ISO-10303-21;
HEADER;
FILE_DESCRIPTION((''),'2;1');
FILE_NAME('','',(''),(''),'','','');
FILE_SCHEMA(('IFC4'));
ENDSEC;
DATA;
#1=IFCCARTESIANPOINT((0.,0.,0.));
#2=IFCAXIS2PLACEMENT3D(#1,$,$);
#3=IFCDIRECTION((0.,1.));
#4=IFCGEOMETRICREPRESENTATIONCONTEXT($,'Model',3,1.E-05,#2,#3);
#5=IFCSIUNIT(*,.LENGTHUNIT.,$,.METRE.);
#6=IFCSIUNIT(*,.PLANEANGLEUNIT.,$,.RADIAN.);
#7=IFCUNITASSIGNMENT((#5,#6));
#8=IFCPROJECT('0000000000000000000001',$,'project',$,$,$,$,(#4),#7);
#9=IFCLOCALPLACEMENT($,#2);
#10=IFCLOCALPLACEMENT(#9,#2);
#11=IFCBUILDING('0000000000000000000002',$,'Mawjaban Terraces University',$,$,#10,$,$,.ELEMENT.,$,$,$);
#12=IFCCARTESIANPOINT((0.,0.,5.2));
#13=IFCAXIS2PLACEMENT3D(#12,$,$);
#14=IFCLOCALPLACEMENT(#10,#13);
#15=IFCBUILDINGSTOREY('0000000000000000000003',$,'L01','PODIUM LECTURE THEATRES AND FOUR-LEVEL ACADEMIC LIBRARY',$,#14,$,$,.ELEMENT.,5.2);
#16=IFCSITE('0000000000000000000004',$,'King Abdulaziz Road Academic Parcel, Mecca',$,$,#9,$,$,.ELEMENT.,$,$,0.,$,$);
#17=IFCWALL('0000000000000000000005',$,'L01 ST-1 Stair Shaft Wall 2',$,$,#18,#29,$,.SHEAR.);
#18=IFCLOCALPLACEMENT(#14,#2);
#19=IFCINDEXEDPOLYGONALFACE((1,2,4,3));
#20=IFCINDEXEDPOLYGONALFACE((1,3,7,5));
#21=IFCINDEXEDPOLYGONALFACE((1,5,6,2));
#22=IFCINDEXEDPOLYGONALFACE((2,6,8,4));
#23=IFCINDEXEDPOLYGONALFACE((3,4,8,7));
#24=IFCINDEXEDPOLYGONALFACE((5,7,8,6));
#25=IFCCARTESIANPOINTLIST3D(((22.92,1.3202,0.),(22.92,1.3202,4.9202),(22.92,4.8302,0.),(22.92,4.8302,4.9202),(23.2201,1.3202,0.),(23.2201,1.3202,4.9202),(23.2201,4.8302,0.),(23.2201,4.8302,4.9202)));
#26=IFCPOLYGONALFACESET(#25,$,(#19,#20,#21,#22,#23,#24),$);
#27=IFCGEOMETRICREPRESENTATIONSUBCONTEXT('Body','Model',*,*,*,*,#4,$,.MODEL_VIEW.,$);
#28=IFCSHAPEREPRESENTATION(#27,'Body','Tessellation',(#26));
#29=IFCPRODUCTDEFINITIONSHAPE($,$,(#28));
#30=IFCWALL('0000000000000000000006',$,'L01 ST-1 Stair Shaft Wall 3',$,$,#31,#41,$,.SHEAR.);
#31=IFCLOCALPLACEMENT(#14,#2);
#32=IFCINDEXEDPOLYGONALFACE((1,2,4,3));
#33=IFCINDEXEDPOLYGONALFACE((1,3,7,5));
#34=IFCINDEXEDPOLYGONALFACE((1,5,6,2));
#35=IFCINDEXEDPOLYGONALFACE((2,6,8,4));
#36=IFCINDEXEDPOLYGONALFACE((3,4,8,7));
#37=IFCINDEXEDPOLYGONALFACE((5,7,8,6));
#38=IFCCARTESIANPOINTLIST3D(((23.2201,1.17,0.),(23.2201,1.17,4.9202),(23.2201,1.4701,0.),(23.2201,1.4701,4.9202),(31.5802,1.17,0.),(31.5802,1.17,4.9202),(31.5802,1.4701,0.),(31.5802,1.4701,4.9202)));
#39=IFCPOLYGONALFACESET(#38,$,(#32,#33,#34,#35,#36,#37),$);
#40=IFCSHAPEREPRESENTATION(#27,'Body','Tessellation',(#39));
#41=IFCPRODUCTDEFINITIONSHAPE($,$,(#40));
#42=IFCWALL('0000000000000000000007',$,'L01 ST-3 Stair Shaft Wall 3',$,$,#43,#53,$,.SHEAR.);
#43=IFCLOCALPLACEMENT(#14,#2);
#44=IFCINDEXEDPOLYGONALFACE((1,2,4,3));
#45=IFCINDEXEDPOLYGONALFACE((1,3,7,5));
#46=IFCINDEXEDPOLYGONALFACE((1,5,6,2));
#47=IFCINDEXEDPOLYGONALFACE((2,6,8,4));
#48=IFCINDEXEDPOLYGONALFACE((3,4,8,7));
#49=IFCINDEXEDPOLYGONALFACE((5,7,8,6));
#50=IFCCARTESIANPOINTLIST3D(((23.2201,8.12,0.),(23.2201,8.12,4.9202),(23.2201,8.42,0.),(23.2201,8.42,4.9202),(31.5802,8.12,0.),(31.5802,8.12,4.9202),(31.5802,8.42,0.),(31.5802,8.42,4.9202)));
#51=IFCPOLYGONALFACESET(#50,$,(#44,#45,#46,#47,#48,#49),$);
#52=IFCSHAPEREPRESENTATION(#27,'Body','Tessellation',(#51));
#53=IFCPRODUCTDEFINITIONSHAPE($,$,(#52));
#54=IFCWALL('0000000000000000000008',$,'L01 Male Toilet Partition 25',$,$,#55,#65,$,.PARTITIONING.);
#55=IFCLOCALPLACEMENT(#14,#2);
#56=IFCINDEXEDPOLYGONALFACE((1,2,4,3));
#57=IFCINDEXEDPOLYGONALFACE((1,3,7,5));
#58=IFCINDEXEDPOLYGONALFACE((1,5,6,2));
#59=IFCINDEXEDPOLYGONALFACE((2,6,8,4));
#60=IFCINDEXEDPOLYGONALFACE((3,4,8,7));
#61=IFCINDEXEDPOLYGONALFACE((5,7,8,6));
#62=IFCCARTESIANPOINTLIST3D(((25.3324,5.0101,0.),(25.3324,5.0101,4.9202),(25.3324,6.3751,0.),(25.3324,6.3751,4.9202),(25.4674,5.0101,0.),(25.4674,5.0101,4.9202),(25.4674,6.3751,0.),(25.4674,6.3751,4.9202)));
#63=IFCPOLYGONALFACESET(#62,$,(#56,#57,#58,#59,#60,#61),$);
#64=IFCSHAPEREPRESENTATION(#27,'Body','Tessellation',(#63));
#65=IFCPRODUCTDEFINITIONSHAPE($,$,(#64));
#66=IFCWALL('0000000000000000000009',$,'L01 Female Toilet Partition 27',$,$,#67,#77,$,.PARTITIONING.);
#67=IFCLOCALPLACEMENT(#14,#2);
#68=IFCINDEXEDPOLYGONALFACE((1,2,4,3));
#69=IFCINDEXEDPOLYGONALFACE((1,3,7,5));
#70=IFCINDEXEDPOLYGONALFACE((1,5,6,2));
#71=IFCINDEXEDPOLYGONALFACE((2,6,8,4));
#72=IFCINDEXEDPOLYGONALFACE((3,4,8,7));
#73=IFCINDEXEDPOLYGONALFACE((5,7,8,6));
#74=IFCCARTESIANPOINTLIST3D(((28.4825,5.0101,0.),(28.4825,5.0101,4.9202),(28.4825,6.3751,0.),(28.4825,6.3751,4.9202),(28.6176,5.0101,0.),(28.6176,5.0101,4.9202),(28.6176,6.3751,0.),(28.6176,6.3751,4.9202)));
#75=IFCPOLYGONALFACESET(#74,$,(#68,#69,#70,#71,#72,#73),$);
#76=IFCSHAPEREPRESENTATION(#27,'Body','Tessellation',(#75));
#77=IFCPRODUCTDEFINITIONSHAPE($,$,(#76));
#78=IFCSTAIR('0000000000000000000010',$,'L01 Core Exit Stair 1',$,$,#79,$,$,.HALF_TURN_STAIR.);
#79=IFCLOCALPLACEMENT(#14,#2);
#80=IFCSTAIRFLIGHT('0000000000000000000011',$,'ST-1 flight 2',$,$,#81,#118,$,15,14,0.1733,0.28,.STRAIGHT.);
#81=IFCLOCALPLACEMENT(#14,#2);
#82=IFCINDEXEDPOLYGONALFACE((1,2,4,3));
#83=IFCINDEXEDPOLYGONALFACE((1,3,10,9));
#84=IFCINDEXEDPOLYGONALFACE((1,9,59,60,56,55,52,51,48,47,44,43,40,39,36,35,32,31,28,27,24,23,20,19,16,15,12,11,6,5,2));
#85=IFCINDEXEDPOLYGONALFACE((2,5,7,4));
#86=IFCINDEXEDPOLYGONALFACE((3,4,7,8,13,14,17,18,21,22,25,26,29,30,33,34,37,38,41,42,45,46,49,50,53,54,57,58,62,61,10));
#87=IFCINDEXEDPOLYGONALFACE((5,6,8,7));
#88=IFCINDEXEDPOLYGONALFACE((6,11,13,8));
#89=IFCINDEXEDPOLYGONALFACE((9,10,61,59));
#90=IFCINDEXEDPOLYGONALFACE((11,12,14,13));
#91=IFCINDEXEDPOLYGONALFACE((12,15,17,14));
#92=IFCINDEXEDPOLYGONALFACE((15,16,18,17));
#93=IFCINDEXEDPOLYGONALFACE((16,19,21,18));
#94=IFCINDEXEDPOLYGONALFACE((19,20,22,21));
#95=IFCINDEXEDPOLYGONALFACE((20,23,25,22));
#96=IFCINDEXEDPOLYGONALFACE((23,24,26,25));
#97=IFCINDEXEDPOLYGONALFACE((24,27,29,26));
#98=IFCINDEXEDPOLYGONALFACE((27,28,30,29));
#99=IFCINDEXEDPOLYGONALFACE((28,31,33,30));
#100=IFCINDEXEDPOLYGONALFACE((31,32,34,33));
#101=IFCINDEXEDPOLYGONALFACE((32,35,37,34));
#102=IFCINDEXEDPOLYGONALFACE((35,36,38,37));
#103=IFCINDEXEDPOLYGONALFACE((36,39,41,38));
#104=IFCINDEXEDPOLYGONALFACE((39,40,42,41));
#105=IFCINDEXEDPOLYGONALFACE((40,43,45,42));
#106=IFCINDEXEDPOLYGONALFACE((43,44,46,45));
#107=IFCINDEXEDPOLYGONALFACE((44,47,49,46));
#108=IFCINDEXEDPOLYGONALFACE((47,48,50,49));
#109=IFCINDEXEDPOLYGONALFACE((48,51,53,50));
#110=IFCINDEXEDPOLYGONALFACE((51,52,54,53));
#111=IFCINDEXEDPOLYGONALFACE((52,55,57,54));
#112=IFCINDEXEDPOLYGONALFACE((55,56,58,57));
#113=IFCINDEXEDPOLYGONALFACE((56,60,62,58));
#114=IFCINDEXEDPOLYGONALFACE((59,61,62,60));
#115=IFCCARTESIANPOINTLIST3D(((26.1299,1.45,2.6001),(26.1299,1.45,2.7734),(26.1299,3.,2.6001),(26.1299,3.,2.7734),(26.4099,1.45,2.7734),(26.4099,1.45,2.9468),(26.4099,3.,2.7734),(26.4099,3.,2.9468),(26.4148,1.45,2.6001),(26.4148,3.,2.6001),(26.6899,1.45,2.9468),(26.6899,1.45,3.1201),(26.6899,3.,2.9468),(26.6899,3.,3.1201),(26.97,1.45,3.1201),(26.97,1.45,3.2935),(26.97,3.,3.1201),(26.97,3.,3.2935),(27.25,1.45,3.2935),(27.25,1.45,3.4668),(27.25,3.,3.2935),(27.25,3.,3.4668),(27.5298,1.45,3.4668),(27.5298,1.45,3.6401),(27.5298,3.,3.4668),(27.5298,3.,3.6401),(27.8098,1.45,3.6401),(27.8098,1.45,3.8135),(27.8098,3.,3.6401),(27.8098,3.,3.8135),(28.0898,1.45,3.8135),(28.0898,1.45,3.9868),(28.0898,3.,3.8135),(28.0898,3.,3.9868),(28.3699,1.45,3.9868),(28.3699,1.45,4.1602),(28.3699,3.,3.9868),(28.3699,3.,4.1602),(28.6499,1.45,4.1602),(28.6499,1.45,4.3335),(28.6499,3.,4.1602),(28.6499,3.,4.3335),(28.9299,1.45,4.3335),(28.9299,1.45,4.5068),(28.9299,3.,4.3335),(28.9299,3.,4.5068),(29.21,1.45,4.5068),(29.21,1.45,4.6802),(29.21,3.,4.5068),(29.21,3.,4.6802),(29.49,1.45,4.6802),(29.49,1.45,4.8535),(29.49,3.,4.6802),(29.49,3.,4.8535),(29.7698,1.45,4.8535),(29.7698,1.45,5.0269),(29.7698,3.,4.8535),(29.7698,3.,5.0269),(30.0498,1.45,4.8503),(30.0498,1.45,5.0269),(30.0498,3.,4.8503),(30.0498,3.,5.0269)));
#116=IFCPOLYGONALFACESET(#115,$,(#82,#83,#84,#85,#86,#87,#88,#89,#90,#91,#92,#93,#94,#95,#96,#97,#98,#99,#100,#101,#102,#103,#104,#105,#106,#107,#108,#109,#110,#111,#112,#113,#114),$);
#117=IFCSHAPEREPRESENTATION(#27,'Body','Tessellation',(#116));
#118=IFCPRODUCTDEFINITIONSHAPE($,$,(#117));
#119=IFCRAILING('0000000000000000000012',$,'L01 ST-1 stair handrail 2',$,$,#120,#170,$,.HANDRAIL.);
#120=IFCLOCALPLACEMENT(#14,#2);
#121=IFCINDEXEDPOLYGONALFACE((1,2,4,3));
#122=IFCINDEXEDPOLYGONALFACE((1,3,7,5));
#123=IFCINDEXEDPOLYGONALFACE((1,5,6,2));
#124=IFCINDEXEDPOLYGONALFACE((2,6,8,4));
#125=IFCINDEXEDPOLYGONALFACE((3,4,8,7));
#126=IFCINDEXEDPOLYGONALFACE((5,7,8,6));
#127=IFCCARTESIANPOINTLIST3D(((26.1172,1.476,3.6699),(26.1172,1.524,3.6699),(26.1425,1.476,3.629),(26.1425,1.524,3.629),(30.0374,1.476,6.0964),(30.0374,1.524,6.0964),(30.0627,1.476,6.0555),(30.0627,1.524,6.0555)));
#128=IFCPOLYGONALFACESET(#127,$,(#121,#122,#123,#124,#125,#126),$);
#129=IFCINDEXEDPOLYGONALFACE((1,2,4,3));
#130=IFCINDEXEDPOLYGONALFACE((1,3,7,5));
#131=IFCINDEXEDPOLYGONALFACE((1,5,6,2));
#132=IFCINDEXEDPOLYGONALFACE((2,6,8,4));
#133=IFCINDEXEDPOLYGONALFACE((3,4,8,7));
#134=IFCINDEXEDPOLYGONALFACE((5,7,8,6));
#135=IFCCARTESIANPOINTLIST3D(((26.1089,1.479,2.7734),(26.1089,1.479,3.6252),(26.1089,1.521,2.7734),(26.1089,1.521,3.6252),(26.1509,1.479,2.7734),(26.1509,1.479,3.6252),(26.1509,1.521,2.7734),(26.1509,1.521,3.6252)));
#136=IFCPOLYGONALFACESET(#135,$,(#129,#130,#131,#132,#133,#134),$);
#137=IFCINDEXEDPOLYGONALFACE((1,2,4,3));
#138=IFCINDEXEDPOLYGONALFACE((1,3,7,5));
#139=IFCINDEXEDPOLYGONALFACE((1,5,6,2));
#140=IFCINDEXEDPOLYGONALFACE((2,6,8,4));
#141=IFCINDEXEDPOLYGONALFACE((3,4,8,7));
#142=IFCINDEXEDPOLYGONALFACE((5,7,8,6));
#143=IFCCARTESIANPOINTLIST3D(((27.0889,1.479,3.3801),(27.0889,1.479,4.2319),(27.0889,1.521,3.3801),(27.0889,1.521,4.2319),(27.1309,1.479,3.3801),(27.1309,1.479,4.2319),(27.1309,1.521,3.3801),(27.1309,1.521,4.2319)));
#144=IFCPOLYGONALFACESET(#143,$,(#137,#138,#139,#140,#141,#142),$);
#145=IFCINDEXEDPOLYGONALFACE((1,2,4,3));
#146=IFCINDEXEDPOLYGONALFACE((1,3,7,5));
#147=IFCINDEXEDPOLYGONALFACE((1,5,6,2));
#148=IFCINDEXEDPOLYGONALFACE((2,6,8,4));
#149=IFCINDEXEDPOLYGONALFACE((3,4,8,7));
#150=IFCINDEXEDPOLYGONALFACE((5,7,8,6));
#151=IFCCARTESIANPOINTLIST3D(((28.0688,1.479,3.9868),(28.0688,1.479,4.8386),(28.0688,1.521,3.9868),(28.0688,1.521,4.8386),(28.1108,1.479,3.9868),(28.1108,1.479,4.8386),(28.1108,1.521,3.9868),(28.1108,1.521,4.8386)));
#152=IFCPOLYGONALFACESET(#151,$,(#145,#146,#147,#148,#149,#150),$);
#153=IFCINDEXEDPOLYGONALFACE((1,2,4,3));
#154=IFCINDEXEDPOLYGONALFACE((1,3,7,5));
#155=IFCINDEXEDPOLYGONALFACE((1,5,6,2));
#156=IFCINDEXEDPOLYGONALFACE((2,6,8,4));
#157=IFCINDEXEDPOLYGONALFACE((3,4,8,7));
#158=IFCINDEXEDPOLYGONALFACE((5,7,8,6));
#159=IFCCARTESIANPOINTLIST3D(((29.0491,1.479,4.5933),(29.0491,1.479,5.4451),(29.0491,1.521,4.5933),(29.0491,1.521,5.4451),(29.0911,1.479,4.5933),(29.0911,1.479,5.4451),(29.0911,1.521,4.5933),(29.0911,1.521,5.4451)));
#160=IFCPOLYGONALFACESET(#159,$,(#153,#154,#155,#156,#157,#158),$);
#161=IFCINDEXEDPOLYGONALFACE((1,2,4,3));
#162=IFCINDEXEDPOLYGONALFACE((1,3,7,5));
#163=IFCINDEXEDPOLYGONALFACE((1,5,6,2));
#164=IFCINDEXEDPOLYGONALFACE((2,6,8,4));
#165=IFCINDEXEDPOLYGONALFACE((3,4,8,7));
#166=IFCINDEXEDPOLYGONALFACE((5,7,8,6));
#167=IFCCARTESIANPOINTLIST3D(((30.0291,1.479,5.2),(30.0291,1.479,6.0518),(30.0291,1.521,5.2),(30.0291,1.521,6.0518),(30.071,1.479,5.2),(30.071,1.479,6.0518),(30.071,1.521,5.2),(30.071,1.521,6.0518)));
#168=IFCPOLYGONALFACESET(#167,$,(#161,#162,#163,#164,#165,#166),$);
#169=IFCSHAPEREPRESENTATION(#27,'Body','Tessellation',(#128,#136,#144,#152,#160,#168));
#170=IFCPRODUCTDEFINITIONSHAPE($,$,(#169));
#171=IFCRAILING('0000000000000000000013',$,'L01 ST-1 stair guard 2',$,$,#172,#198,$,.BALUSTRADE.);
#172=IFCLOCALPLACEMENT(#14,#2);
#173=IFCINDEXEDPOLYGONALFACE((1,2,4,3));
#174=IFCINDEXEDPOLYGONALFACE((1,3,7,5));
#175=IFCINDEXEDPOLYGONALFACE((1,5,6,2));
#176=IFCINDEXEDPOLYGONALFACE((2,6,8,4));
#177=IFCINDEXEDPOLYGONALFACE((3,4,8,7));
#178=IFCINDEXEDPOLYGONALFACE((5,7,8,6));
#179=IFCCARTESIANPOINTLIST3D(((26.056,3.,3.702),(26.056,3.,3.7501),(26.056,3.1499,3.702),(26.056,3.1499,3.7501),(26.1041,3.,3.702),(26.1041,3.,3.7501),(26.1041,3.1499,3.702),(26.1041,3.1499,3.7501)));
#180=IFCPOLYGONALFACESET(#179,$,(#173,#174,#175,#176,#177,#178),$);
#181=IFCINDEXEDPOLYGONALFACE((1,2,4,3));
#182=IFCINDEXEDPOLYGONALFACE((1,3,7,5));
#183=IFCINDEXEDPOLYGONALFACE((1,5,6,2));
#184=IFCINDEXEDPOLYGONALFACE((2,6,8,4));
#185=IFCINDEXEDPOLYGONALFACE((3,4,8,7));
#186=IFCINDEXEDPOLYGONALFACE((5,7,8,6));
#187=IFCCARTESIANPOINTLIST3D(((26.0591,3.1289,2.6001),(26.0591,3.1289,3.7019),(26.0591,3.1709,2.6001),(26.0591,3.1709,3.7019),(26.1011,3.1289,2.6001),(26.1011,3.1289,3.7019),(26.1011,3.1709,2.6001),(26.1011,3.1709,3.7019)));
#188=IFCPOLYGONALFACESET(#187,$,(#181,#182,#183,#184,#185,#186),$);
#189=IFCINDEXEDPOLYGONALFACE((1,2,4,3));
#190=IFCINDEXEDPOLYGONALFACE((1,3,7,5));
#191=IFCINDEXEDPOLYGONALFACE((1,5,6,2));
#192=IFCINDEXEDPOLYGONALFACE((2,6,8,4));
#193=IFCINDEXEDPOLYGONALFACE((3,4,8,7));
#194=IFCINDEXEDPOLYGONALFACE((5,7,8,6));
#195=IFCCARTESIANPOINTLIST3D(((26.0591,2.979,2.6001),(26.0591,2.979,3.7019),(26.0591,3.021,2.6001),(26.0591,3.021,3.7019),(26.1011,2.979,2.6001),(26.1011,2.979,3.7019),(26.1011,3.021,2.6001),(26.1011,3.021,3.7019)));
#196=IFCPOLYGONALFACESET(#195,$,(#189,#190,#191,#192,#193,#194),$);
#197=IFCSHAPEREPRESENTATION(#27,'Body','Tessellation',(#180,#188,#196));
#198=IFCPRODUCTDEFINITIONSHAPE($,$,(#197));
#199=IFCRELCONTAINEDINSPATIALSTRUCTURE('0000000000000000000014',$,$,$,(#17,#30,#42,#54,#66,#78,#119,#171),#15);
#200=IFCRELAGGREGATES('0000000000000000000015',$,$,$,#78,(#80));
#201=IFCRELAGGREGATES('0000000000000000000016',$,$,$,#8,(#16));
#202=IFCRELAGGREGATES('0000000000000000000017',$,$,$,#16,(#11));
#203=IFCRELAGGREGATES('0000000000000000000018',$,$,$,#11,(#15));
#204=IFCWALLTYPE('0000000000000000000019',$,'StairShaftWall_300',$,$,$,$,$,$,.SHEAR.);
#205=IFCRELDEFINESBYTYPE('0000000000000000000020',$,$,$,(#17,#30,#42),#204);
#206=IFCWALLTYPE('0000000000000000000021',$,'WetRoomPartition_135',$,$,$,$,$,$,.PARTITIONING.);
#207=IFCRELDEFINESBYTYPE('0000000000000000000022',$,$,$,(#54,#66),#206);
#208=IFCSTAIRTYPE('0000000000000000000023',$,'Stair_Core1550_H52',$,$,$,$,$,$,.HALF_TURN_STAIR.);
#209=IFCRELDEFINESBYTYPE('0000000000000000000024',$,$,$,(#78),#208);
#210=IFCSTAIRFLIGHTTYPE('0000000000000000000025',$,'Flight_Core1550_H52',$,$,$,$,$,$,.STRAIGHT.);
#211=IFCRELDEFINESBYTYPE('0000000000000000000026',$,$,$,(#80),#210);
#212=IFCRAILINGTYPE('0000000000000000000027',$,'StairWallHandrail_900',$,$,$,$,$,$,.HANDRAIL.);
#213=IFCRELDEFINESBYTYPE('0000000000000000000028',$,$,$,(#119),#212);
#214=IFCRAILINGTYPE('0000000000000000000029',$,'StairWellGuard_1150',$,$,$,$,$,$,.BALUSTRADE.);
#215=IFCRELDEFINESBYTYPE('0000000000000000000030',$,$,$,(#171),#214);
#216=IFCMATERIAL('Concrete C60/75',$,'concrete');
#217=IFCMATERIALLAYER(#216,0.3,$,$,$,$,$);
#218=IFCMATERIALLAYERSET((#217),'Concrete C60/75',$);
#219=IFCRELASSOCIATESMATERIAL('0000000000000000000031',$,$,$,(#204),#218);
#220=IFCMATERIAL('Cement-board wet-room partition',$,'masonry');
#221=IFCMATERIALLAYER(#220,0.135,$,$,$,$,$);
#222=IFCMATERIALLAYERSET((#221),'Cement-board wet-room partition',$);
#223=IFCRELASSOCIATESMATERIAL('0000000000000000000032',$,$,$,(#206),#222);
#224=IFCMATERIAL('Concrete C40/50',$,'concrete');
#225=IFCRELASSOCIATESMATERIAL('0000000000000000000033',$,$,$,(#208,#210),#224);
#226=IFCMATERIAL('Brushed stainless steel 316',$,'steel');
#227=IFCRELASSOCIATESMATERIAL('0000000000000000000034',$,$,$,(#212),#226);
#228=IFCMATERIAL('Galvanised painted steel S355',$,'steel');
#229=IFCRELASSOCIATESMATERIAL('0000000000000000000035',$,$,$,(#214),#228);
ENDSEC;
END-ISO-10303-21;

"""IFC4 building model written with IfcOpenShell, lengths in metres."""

from ifc_helpers import new_model, si_unit, direction, frame, frame_2d, origin, origin_2d, place, context, subcontext, project, spatial, polyline, rectangle, outline, extrude, material, layer, layer_set, type_object, element, aggregate, save


model = new_model("IFC4")

# Units and contexts
model_context = context("Model", 3, precision=1e-05, world=origin(), true_north=direction((0.0, 1.0)))
body_context = subcontext(model_context, "Body", "Model", "MODEL_VIEW")
ifc_project = project(units=[si_unit("LENGTHUNIT", "METRE"), si_unit("PLANEANGLEUNIT", "RADIAN")], contexts=[model_context])

# Site, building, storey
site_placement = place(None, origin())
site = spatial("IfcSite", under=ifc_project, at=site_placement, Name="King Abdulaziz Road Academic Parcel, Mecca", CompositionType="ELEMENT", RefElevation=0.0)
building_placement = place(site_placement, origin())
building = spatial("IfcBuilding", under=site, at=building_placement, Name="Mawjaban Terraces University", CompositionType="ELEMENT")
storey_placement = place(building_placement, frame((0.0, 0.0, 5.2)))
storey = spatial("IfcBuildingStorey", under=building, at=storey_placement, Name="L01", Description="PODIUM LECTURE THEATRES AND FOUR-LEVEL ACADEMIC LIBRARY", CompositionType="ELEMENT", Elevation=5.2)

# Walls
ifc_material_1 = material(Name="Concrete C60/75", Category="concrete")
ifc_layer_1 = layer(ifc_material_1, 0.3)
ifc_layer_set_1 = layer_set([ifc_layer_1], Name="Concrete C60/75")
wall_type_1 = type_object("IfcWallType", Name="StairShaftWall_300", PredefinedType="SHEAR", material=ifc_layer_set_1)
wall_1_placement = place(storey_placement, frame((23.0701, 4.8301, 0.0), z_axis=(0.0, 0.0, 1.0), x_axis=(0.0, -1.0, 0.0)))
element("IfcWall", 1, at=wall_1_placement, inside=storey, type_object=wall_type_1, Name="L01 ST-1 Stair Shaft Wall 2", PredefinedType="SHEAR", context=body_context, shape_type="SweptSolid", body=[
    extrude(rectangle(XDim=3.51, YDim=0.3, at=frame_2d((1.7549, 0.0))), origin(), (0.0, 0.0, 1.0), 4.9202),
])
for number, where, z_axis, x_axis, name in (
    (2, (23.22, 1.3201, 0.0), (0.0, 0.0, 1.0), (1.0, 0.0, 0.0), "L01 ST-1 Stair Shaft Wall 3"),
    (3, (23.22, 8.27, 0.0), (0.0, 0.0, 1.0), (1.0, 0.0, 0.0), "L01 ST-3 Stair Shaft Wall 3"),
):
    element("IfcWall", number, at=place(storey_placement, frame(where, z_axis=z_axis, x_axis=x_axis)), inside=storey, type_object=wall_type_1, Name=name, PredefinedType="SHEAR", context=body_context, shape_type="SweptSolid", body=[
        extrude(rectangle(XDim=8.3601, YDim=0.3, at=frame_2d((4.1802, 0.0))), origin(), (0.0, 0.0, 1.0), 4.9202),
    ])
ifc_material_2 = material(Name="Cement-board wet-room partition", Category="masonry")
ifc_layer_2 = layer(ifc_material_2, 0.135)
ifc_layer_set_2 = layer_set([ifc_layer_2], Name="Cement-board wet-room partition")
wall_type_2 = type_object("IfcWallType", Name="WetRoomPartition_135", PredefinedType="PARTITIONING", material=ifc_layer_set_2)
for number, where, z_axis, x_axis, name in (
    (4, (25.3999, 5.01, 0.0), (0.0, 0.0, 1.0), (0.0, 1.0, 0.0), "L01 Male Toilet Partition 25"),
    (5, (28.55, 5.01, 0.0), (0.0, 0.0, 1.0), (0.0, 1.0, 0.0), "L01 Female Toilet Partition 27"),
):
    element("IfcWall", number, at=place(storey_placement, frame(where, z_axis=z_axis, x_axis=x_axis)), inside=storey, type_object=wall_type_2, Name=name, PredefinedType="PARTITIONING", context=body_context, shape_type="SweptSolid", body=[
        extrude(rectangle(XDim=1.365, YDim=0.135, at=frame_2d((0.6826, 0.0))), origin(), (0.0, 0.0, 1.0), 4.9202),
    ])

# Stair, stair flight
ifc_material_3 = material(Name="Concrete C40/50", Category="concrete")
stair_type = type_object("IfcStairType", Name="Stair_Core1550_H52", PredefinedType="HALF_TURN_STAIR", material=ifc_material_3)
stair_placement = place(storey_placement, origin())
stair = element("IfcStair", 6, at=stair_placement, inside=storey, type_object=stair_type, Name="L01 Core Exit Stair 1", PredefinedType="HALF_TURN_STAIR")
stair_flight_type = type_object("IfcStairFlightType", Name="Flight_Core1550_H52", PredefinedType="STRAIGHT", material=ifc_material_3)
stair_flight_placement = place(storey_placement, frame((26.1299, 2.2251, 2.6001), z_axis=(0.0, 0.0, 1.0), x_axis=(1.0, 0.0, 0.0)))
stair_flight = element("IfcStairFlight", 7, at=stair_flight_placement, type_object=stair_flight_type, Name="ST-1 flight 2", NumberOfRisers=15, NumberOfTreads=14, PredefinedType="STRAIGHT", RiserHeight=0.1733, TreadLength=0.28, context=body_context, shape_type="SweptSolid", body=[
    extrude(outline(polyline([(0.0, 0.0), (0.0, 0.1733), (0.28, 0.1733), (0.28, 0.3467), (0.5601, 0.3467), (0.5601, 0.52), (0.8401, 0.52), (0.8401, 0.6934), (1.1201, 0.6934), (1.1201, 0.8667), (1.3999, 0.8667), (1.3999, 1.04), (1.6799, 1.04), (1.6799, 1.2134), (1.96, 1.2134), (1.96, 1.3867), (2.24, 1.3867), (2.24, 1.5601), (2.52, 1.5601), (2.52, 1.7334), (2.8, 1.7334), (2.8, 1.9067), (3.0801, 1.9067), (3.0801, 2.0801), (3.3601, 2.0801), (3.3601, 2.2534), (3.6399, 2.2534), (3.6399, 2.4268), (3.9199, 2.4268), (3.9199, 2.6001), (3.9199, 2.2502), (0.2849, 0.0), (0.0, 0.0)])), frame((0.0, 0.7749, 0.0), z_axis=(0.0, -1.0, 0.0), x_axis=(1.0, 0.0, 0.0)), (0.0, 0.0, 1.0), 1.55),
])
aggregate(stair, [stair_flight])

# Railings
ifc_material_4 = material(Name="Brushed stainless steel 316", Category="steel")
railing_type_1 = type_object("IfcRailingType", Name="StairWallHandrail_900", PredefinedType="HANDRAIL", material=ifc_material_4)
railing_1_placement = place(storey_placement, frame((26.1299, 1.5, 2.7734)))
element("IfcRailing", 8, at=railing_1_placement, inside=storey, type_object=railing_type_1, Name="L01 ST-1 stair handrail 2", PredefinedType="HANDRAIL", context=body_context, shape_type="SweptSolid", body=[
    extrude(rectangle(XDim=0.0481, YDim=0.0481, at=origin_2d()), frame((0.0, 0.0, 0.876), z_axis=(0.85029, 0.0, 0.526315), x_axis=(0.0, 1.0, 0.0)), (0.0, 0.0, 1.0), 4.6104),
    extrude(rectangle(XDim=0.042, YDim=0.042, at=origin_2d()), origin(), (0.0, 0.0, 1.0), 0.8518),
    extrude(rectangle(XDim=0.042, YDim=0.042, at=origin_2d()), frame((0.98, 0.0, 0.6067)), (0.0, 0.0, 1.0), 0.8518),
    extrude(rectangle(XDim=0.042, YDim=0.042, at=origin_2d()), frame((1.96, 0.0, 1.2134)), (0.0, 0.0, 1.0), 0.8518),
    extrude(rectangle(XDim=0.042, YDim=0.042, at=origin_2d()), frame((2.9402, 0.0, 1.8198)), (0.0, 0.0, 1.0), 0.8518),
    extrude(rectangle(XDim=0.042, YDim=0.042, at=origin_2d()), frame((3.9202, 0.0, 2.4265)), (0.0, 0.0, 1.0), 0.8518),
])
ifc_material_5 = material(Name="Galvanised painted steel S355", Category="steel")
railing_type_2 = type_object("IfcRailingType", Name="StairWellGuard_1150", PredefinedType="BALUSTRADE", material=ifc_material_5)
railing_2_placement = place(storey_placement, frame((26.0801, 3.1499, 2.6001)))
element("IfcRailing", 9, at=railing_2_placement, inside=storey, type_object=railing_type_2, Name="L01 ST-1 stair guard 2", PredefinedType="BALUSTRADE", context=body_context, shape_type="SweptSolid", body=[
    extrude(rectangle(XDim=0.0481, YDim=0.0481, at=origin_2d()), frame((0.0, 0.0, 1.126), z_axis=(0.0, -1.0, 0.0), x_axis=(1.0, 0.0, 0.0)), (0.0, 0.0, 1.0), 0.1499),
    extrude(rectangle(XDim=0.042, YDim=0.042, at=origin_2d()), origin(), (0.0, 0.0, 1.0), 1.1018),
    extrude(rectangle(XDim=0.042, YDim=0.042, at=origin_2d()), frame((0.0, -0.1499, 0.0)), (0.0, 0.0, 1.0), 1.1018),
])

save(model, "model.ifc")
